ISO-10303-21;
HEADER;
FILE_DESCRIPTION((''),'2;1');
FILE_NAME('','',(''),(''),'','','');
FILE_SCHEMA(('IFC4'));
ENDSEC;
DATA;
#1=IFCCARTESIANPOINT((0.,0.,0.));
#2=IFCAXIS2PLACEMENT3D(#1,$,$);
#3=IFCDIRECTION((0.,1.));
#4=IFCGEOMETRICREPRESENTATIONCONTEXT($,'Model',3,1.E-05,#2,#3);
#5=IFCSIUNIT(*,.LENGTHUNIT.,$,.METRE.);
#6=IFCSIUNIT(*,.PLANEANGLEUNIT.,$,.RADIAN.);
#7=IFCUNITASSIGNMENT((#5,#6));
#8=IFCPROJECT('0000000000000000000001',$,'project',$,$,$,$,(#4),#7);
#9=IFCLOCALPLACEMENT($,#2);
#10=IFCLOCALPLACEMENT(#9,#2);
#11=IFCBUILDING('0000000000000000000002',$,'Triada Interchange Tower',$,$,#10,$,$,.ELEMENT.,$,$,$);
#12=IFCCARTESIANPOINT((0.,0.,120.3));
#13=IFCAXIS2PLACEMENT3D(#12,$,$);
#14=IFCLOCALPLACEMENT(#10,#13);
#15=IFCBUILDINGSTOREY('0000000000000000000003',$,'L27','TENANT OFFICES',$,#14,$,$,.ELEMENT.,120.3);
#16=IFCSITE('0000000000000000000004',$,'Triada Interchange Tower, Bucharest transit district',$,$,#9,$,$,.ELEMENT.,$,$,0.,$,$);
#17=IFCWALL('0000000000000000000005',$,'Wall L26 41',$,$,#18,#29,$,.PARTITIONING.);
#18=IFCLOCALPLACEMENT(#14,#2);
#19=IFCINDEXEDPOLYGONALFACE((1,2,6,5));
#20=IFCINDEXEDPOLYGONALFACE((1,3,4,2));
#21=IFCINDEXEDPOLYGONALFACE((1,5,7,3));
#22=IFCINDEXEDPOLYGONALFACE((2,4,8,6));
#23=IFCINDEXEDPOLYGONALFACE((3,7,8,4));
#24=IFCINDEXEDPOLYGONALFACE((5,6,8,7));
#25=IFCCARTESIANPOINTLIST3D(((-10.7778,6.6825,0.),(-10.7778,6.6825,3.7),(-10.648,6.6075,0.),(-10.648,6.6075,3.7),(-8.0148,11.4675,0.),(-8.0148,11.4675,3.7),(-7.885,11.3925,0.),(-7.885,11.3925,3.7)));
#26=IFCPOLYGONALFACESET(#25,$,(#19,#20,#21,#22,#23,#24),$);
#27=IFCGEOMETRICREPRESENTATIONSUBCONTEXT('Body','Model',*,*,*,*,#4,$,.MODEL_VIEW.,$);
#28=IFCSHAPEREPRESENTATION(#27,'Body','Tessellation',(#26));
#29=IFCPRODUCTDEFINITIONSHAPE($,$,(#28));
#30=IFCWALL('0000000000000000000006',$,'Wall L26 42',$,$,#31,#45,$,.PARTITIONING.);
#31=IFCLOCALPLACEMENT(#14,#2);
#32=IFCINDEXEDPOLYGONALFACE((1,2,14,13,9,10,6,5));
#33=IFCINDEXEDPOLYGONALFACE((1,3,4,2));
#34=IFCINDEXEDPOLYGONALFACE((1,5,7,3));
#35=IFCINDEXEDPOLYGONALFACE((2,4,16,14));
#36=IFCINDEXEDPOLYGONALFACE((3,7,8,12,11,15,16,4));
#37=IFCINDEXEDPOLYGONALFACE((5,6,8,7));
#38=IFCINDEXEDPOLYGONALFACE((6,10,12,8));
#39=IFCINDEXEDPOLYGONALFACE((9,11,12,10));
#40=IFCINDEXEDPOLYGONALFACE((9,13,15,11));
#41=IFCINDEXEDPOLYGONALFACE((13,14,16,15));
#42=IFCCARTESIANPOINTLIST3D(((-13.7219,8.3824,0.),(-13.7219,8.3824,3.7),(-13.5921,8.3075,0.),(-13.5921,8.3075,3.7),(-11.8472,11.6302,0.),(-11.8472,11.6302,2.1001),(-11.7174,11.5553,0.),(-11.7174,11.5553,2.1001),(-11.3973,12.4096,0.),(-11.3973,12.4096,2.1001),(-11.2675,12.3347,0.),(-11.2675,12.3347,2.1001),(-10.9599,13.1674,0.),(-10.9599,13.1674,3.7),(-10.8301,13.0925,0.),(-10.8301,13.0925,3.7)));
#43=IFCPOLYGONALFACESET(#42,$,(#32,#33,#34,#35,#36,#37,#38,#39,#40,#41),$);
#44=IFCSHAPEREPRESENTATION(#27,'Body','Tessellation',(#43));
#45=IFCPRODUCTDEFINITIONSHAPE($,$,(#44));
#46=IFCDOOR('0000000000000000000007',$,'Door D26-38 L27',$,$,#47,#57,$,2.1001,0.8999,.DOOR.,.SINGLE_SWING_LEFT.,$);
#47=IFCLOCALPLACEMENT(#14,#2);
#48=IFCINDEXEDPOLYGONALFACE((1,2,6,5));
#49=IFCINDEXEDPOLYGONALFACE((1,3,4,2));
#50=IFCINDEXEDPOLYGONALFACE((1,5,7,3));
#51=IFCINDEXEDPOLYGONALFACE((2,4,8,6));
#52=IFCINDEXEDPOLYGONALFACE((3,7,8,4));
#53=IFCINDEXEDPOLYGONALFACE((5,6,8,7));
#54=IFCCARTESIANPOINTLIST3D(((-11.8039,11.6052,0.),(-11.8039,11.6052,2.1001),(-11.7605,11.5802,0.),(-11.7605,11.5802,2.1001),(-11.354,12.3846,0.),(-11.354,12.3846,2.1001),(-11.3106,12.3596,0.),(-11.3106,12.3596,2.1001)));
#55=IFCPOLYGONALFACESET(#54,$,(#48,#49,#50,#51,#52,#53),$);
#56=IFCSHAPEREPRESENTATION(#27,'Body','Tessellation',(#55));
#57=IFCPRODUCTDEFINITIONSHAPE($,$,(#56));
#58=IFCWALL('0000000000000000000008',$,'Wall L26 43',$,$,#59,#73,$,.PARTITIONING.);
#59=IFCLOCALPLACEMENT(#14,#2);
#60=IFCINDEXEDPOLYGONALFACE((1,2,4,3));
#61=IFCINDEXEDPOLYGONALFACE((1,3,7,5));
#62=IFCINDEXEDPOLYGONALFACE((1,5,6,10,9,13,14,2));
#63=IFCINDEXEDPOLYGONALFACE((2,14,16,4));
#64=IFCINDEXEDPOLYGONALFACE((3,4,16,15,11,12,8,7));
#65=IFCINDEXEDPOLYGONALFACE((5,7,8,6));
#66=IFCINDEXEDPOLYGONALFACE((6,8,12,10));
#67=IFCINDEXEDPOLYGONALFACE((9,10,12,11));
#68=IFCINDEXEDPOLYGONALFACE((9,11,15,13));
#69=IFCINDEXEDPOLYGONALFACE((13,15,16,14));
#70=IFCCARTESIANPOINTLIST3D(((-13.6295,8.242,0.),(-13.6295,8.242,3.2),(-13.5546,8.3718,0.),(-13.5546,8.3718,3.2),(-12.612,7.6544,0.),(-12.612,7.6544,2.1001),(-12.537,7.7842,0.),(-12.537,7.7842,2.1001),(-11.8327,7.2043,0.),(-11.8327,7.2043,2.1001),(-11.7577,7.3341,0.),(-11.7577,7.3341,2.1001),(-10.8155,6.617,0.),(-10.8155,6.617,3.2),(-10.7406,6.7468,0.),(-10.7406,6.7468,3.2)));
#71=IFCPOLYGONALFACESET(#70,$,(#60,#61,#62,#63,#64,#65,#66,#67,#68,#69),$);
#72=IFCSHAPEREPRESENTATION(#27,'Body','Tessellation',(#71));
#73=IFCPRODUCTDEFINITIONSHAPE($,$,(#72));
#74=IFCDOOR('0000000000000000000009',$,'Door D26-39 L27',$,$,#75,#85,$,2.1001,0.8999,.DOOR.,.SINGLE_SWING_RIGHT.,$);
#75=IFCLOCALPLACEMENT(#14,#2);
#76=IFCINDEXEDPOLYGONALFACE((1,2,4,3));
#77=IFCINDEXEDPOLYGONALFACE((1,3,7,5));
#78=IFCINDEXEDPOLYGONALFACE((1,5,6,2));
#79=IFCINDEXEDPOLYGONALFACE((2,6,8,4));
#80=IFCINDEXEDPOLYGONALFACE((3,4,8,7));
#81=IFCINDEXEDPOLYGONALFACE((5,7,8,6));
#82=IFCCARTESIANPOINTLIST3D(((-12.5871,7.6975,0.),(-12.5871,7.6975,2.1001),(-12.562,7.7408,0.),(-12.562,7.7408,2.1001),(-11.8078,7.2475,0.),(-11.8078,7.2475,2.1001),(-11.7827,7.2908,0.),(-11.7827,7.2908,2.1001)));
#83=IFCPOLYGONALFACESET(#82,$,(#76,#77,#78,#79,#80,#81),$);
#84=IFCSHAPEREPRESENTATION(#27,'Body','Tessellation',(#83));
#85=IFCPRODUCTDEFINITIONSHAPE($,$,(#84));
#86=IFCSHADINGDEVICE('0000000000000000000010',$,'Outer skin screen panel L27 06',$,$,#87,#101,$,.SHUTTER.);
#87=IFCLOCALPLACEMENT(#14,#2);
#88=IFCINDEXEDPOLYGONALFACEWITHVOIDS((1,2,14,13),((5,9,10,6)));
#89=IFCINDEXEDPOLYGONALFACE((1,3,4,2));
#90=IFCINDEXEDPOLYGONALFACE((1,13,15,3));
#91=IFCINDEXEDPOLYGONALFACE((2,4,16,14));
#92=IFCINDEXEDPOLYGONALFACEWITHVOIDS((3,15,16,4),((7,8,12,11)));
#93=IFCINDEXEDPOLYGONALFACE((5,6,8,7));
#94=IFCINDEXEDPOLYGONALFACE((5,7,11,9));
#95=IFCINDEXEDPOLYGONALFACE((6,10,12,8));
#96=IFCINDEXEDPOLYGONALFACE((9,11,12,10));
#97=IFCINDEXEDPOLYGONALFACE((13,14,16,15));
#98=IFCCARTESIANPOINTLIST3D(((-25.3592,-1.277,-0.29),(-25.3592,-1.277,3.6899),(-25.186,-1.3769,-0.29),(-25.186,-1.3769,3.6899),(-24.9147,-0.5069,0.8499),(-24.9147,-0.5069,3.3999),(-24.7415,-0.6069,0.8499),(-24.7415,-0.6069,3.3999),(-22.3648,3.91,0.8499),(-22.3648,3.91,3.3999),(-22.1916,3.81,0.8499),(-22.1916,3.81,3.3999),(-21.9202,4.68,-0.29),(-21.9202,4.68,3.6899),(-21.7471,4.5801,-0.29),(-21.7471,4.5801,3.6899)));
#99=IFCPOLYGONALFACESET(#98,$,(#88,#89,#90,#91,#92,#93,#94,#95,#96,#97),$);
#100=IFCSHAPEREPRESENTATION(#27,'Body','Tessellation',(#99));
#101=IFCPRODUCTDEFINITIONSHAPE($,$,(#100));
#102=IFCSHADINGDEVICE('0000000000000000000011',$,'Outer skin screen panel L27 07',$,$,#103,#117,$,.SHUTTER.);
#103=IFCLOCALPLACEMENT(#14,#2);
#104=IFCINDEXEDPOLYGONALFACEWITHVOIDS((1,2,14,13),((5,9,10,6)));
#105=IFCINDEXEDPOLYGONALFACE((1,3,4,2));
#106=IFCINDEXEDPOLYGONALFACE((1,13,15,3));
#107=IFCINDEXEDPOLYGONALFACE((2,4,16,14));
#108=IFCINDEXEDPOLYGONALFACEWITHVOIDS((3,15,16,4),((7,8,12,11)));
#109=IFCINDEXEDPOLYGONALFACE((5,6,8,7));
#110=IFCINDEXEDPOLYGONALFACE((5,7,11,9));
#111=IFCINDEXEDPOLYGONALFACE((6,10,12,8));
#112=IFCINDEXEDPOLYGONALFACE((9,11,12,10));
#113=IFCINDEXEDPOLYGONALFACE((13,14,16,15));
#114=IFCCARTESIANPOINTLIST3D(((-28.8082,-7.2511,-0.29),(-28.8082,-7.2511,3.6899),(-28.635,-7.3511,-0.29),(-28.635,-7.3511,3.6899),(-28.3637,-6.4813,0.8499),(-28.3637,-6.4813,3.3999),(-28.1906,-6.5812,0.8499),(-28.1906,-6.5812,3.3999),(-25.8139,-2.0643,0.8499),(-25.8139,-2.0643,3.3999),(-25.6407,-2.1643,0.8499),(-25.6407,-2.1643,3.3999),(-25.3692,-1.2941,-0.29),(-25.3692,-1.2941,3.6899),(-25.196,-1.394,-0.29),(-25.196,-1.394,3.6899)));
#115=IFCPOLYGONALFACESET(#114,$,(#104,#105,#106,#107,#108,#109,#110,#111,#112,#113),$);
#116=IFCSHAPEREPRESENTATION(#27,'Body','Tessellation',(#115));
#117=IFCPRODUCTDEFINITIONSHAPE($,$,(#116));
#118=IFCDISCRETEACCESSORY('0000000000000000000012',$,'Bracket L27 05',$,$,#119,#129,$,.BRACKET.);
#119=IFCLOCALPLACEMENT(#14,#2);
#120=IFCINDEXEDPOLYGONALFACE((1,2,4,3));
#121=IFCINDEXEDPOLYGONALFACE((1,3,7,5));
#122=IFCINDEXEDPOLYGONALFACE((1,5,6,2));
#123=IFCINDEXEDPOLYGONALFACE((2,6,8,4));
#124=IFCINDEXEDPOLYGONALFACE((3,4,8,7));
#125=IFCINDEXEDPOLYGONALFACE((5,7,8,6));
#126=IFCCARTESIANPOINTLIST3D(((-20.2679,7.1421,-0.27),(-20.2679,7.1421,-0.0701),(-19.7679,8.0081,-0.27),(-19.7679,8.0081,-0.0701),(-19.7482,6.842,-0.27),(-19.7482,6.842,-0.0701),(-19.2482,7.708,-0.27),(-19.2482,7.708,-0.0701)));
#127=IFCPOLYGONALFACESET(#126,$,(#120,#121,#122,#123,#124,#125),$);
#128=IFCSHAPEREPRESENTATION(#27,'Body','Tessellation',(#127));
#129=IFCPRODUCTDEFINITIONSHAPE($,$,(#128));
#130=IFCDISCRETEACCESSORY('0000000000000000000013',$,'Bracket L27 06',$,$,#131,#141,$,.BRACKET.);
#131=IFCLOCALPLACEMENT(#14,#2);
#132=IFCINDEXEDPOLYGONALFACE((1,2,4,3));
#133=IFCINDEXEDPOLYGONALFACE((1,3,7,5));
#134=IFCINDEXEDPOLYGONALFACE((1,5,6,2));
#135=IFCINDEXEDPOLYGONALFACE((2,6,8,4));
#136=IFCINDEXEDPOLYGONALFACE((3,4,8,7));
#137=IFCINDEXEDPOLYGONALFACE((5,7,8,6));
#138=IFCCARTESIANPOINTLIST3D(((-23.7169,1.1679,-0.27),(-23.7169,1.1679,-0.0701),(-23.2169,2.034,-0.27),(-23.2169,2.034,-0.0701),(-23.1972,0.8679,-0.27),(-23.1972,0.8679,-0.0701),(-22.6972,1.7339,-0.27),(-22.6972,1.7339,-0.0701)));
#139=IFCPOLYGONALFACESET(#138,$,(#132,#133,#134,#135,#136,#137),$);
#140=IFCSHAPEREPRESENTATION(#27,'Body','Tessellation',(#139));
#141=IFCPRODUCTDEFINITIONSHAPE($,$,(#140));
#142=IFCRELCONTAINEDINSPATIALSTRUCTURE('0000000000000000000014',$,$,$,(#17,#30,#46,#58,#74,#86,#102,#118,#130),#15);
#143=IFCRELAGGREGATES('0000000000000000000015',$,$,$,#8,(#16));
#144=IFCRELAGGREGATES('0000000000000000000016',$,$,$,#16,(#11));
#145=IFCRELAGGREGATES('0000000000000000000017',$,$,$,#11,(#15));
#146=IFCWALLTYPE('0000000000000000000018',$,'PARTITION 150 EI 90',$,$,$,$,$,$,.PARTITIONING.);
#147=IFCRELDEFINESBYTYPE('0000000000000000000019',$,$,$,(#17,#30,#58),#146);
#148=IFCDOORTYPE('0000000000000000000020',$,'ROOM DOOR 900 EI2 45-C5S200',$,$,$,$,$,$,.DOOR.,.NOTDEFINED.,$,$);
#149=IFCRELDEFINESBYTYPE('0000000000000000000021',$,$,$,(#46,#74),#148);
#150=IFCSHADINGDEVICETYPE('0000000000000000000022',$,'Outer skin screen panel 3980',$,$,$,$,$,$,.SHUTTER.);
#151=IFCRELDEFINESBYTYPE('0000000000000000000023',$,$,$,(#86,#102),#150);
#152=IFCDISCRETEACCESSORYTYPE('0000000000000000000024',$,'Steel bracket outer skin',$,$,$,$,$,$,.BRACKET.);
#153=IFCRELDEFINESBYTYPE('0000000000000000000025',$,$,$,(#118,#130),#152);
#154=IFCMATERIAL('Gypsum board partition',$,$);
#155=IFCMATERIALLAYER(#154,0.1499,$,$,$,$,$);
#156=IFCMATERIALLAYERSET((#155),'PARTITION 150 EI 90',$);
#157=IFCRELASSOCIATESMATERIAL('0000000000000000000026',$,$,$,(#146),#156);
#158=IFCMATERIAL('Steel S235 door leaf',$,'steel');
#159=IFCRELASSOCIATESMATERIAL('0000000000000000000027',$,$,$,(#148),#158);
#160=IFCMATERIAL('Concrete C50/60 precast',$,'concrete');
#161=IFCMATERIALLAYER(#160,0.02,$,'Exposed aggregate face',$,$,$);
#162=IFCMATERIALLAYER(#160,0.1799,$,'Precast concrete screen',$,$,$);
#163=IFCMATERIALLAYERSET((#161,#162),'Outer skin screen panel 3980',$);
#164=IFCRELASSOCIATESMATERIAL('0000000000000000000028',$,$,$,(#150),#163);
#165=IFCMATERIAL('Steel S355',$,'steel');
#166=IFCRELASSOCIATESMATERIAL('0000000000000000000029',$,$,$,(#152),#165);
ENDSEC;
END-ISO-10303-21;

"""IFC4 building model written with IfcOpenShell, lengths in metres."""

from ifc_helpers import new_model, si_unit, direction, frame, frame_2d, origin, origin_2d, place, context, subcontext, project, spatial, polyline, rectangle, outline, extrude, material, layer, layer_set, type_object, element, fill, save


model = new_model("IFC4")

# Units and contexts
model_context = context("Model", 3, precision=1e-05, world=origin(), true_north=direction((0.0, 1.0)))
body_context = subcontext(model_context, "Body", "Model", "MODEL_VIEW")
ifc_project = project(units=[si_unit("LENGTHUNIT", "METRE"), si_unit("PLANEANGLEUNIT", "RADIAN")], contexts=[model_context])

# Site, building, storey
site_placement = place(None, origin())
site = spatial("IfcSite", under=ifc_project, at=site_placement, Name="Triada Interchange Tower, Bucharest transit district", CompositionType="ELEMENT", RefElevation=0.0)
building_placement = place(site_placement, origin())
building = spatial("IfcBuilding", under=site, at=building_placement, Name="Triada Interchange Tower", CompositionType="ELEMENT")
storey_placement = place(building_placement, frame((0.0, 0.0, 120.3)))
storey = spatial("IfcBuildingStorey", under=building, at=storey_placement, Name="L27", Description="TENANT OFFICES", CompositionType="ELEMENT", Elevation=120.3)

# Shared definitions
ifc_material_1 = material(Name="Steel S235 door leaf", Category="steel")

# Wall
ifc_material_2 = material(Name="Gypsum board partition")
ifc_layer_1 = layer(ifc_material_2, 0.1499)
ifc_layer_set_1 = layer_set([ifc_layer_1], Name="PARTITION 150 EI 90")
wall_type_1 = type_object("IfcWallType", Name="PARTITION 150 EI 90", PredefinedType="PARTITIONING", material=ifc_layer_set_1)
wall_1_placement = place(storey_placement, frame((-10.7129, 6.645, 0.0), z_axis=(0.0, 0.0, 1.0), x_axis=(0.50005, 0.865996, 0.0)))
element("IfcWall", 1, at=wall_1_placement, inside=storey, type_object=wall_type_1, Name="Wall L26 41", PredefinedType="PARTITIONING", context=body_context, shape_type="SweptSolid", body=[
    extrude(rectangle(XDim=5.5254, YDim=0.1499, at=frame_2d((2.7627, 0.0))), origin(), (0.0, 0.0, 1.0), 3.7),
])

# Walls, openings, doors
wall_2_placement = place(storey_placement, frame((-13.657, 8.345, 0.0), z_axis=(0.0, 0.0, 1.0), x_axis=(0.499918, 0.866073, 0.0)))
wall_2 = element("IfcWall", 2, at=wall_2_placement, inside=storey, type_object=wall_type_1, Name="Wall L26 42", PredefinedType="PARTITIONING", context=body_context, shape_type="SweptSolid", body=[
    extrude(rectangle(XDim=5.5249, YDim=0.1499, at=frame_2d((2.7625, 0.0))), origin(), (0.0, 0.0, 1.0), 3.7),
])
opening_1_placement = place(wall_2_placement, frame((3.75, 0.0, 0.0)))
opening_1 = element("IfcOpeningElement", 3, at=opening_1_placement, cuts=wall_2, PredefinedType="OPENING", context=body_context, shape_type="SweptSolid", body=[
    extrude(rectangle(XDim=0.8999, YDim=2.1001, at=frame_2d((0.45, 1.05))), frame((0.0, 0.085, 0.0), z_axis=(0.0, -1.0, 0.0), x_axis=(1.0, 0.0, 0.0)), (0.0, 0.0, 1.0), 0.1699),
])
door_type_1 = type_object("IfcDoorType", Name="ROOM DOOR 900 EI2 45-C5S200", OperationType="NOTDEFINED", PredefinedType="DOOR", material=ifc_material_1)
door_1_placement = place(opening_1_placement, origin())
door_1 = element("IfcDoor", 4, at=door_1_placement, inside=storey, type_object=door_type_1, Name="Door D26-38 L27", OperationType="SINGLE_SWING_LEFT", OverallHeight=2.1001, OverallWidth=0.8999, PredefinedType="DOOR", context=body_context, shape_type="SweptSolid", body=[
    extrude(rectangle(XDim=0.8999, YDim=2.1001, at=frame_2d((0.45, 1.05))), frame((0.0, 0.0249, 0.0), z_axis=(0.0, -1.0, 0.0), x_axis=(1.0, 0.0, 0.0)), (0.0, 0.0, 1.0), 0.05),
])
fill(opening_1, door_1)
wall_3_placement = place(storey_placement, frame((-13.592, 8.3069, 0.0), z_axis=(0.0, 0.0, 1.0), x_axis=(0.865978, -0.500082, 0.0)))
wall_3 = element("IfcWall", 5, at=wall_3_placement, inside=storey, type_object=wall_type_1, Name="Wall L26 43", PredefinedType="PARTITIONING", context=body_context, shape_type="SweptSolid", body=[
    extrude(rectangle(XDim=3.2495, YDim=0.1499, at=frame_2d((1.6248, 0.0))), origin(), (0.0, 0.0, 1.0), 3.2),
])
opening_2_placement = place(wall_3_placement, frame((1.175, 0.0, 0.0)))
opening_2 = element("IfcOpeningElement", 6, at=opening_2_placement, cuts=wall_3, PredefinedType="OPENING", context=body_context, shape_type="SweptSolid", body=[
    extrude(rectangle(XDim=0.8999, YDim=2.1001, at=frame_2d((0.45, 1.05))), frame((0.0, 0.085, 0.0), z_axis=(0.0, -1.0, 0.0), x_axis=(1.0, 0.0, 0.0)), (0.0, 0.0, 1.0), 0.1699),
])
door_2_placement = place(opening_2_placement, origin())
door_2 = element("IfcDoor", 7, at=door_2_placement, inside=storey, type_object=door_type_1, Name="Door D26-39 L27", OperationType="SINGLE_SWING_RIGHT", OverallHeight=2.1001, OverallWidth=0.8999, PredefinedType="DOOR", context=body_context, shape_type="SweptSolid", body=[
    extrude(rectangle(XDim=0.8999, YDim=2.1001, at=frame_2d((0.45, 1.05))), frame((0.0, 0.0249, 0.0), z_axis=(0.0, -1.0, 0.0), x_axis=(1.0, 0.0, 0.0)), (0.0, 0.0, 1.0), 0.05),
])
fill(opening_2, door_2)

# Shading devices
ifc_material_3 = material(Name="Concrete C50/60 precast", Category="concrete")
ifc_layer_2 = layer(ifc_material_3, 0.02, Name="Exposed aggregate face")
ifc_layer_3 = layer(ifc_material_3, 0.1799, Name="Precast concrete screen")
ifc_layer_set_2 = layer_set([ifc_layer_2, ifc_layer_3], Name="Outer skin screen panel 3980")
shading_device_type = type_object("IfcShadingDeviceType", Name="Outer skin screen panel 3980", PredefinedType="SHUTTER", material=ifc_layer_set_2)
shading_device_1_placement = place(storey_placement, frame((-21.7471, 4.5801, -0.29), z_axis=(0.0, 0.0, 1.0), x_axis=(-0.499964, -0.866046, 0.0)))
element("IfcShadingDevice", 8, at=shading_device_1_placement, inside=storey, type_object=shading_device_type, Name="Outer skin screen panel L27 06", PredefinedType="SHUTTER", context=body_context, shape_type="SweptSolid", body=[
    extrude(outline(polyline([(0.0, 0.0), (6.8784, 0.0), (6.8784, 3.98), (0.0, 3.98), (0.0, 0.0)]), holes=[polyline([(0.8892, 1.1399), (0.8892, 3.6899), (5.9893, 3.6899), (5.9893, 1.1399), (0.8892, 1.1399)])]), frame((0.0, 0.0, 0.0), z_axis=(0.0, -1.0, 0.0), x_axis=(1.0, 0.0, 0.0)), (0.0, 0.0, 1.0), 0.2),
])
shading_device_2_placement = place(storey_placement, frame((-25.196, -1.394, -0.29), z_axis=(0.0, 0.0, 1.0), x_axis=(-0.499964, -0.866046, 0.0)))
element("IfcShadingDevice", 9, at=shading_device_2_placement, inside=storey, type_object=shading_device_type, Name="Outer skin screen panel L27 07", PredefinedType="SHUTTER", context=body_context, shape_type="SweptSolid", body=[
    extrude(outline(polyline([(0.0, 0.0), (6.8784, 0.0), (6.8784, 3.98), (0.0, 3.98), (0.0, 0.0)]), holes=[polyline([(0.8894, 1.1399), (0.8894, 3.6899), (5.9895, 3.6899), (5.9895, 1.1399), (0.8894, 1.1399)])]), frame((0.0, 0.0, 0.0), z_axis=(0.0, -1.0, 0.0), x_axis=(1.0, 0.0, 0.0)), (0.0, 0.0, 1.0), 0.2),
])

# Discrete accessories
ifc_material_4 = material(Name="Steel S355", Category="steel")
discrete_accessory_type = type_object("IfcDiscreteAccessoryType", Name="Steel bracket outer skin", PredefinedType="BRACKET", material=ifc_material_4)
for number, where, z_axis, x_axis, name in (
    (10, (-19.7581, 7.425, -0.27), (0.0, 0.0, 1.0), (-0.866028, 0.499995, 0.0), "Bracket L27 05"),
    (11, (-23.207, 1.4509, -0.27), (0.0, 0.0, 1.0), (-0.866028, 0.499995, 0.0), "Bracket L27 06"),
):
    element("IfcDiscreteAccessory", number, at=place(storey_placement, frame(where, z_axis=z_axis, x_axis=x_axis)), inside=storey, type_object=discrete_accessory_type, Name=name, PredefinedType="BRACKET", context=body_context, shape_type="SweptSolid", body=[
        extrude(rectangle(XDim=0.6001, YDim=1.0, at=origin_2d()), origin(), (0.0, 0.0, 1.0), 0.2),
    ])

save(model, "model.ifc")
